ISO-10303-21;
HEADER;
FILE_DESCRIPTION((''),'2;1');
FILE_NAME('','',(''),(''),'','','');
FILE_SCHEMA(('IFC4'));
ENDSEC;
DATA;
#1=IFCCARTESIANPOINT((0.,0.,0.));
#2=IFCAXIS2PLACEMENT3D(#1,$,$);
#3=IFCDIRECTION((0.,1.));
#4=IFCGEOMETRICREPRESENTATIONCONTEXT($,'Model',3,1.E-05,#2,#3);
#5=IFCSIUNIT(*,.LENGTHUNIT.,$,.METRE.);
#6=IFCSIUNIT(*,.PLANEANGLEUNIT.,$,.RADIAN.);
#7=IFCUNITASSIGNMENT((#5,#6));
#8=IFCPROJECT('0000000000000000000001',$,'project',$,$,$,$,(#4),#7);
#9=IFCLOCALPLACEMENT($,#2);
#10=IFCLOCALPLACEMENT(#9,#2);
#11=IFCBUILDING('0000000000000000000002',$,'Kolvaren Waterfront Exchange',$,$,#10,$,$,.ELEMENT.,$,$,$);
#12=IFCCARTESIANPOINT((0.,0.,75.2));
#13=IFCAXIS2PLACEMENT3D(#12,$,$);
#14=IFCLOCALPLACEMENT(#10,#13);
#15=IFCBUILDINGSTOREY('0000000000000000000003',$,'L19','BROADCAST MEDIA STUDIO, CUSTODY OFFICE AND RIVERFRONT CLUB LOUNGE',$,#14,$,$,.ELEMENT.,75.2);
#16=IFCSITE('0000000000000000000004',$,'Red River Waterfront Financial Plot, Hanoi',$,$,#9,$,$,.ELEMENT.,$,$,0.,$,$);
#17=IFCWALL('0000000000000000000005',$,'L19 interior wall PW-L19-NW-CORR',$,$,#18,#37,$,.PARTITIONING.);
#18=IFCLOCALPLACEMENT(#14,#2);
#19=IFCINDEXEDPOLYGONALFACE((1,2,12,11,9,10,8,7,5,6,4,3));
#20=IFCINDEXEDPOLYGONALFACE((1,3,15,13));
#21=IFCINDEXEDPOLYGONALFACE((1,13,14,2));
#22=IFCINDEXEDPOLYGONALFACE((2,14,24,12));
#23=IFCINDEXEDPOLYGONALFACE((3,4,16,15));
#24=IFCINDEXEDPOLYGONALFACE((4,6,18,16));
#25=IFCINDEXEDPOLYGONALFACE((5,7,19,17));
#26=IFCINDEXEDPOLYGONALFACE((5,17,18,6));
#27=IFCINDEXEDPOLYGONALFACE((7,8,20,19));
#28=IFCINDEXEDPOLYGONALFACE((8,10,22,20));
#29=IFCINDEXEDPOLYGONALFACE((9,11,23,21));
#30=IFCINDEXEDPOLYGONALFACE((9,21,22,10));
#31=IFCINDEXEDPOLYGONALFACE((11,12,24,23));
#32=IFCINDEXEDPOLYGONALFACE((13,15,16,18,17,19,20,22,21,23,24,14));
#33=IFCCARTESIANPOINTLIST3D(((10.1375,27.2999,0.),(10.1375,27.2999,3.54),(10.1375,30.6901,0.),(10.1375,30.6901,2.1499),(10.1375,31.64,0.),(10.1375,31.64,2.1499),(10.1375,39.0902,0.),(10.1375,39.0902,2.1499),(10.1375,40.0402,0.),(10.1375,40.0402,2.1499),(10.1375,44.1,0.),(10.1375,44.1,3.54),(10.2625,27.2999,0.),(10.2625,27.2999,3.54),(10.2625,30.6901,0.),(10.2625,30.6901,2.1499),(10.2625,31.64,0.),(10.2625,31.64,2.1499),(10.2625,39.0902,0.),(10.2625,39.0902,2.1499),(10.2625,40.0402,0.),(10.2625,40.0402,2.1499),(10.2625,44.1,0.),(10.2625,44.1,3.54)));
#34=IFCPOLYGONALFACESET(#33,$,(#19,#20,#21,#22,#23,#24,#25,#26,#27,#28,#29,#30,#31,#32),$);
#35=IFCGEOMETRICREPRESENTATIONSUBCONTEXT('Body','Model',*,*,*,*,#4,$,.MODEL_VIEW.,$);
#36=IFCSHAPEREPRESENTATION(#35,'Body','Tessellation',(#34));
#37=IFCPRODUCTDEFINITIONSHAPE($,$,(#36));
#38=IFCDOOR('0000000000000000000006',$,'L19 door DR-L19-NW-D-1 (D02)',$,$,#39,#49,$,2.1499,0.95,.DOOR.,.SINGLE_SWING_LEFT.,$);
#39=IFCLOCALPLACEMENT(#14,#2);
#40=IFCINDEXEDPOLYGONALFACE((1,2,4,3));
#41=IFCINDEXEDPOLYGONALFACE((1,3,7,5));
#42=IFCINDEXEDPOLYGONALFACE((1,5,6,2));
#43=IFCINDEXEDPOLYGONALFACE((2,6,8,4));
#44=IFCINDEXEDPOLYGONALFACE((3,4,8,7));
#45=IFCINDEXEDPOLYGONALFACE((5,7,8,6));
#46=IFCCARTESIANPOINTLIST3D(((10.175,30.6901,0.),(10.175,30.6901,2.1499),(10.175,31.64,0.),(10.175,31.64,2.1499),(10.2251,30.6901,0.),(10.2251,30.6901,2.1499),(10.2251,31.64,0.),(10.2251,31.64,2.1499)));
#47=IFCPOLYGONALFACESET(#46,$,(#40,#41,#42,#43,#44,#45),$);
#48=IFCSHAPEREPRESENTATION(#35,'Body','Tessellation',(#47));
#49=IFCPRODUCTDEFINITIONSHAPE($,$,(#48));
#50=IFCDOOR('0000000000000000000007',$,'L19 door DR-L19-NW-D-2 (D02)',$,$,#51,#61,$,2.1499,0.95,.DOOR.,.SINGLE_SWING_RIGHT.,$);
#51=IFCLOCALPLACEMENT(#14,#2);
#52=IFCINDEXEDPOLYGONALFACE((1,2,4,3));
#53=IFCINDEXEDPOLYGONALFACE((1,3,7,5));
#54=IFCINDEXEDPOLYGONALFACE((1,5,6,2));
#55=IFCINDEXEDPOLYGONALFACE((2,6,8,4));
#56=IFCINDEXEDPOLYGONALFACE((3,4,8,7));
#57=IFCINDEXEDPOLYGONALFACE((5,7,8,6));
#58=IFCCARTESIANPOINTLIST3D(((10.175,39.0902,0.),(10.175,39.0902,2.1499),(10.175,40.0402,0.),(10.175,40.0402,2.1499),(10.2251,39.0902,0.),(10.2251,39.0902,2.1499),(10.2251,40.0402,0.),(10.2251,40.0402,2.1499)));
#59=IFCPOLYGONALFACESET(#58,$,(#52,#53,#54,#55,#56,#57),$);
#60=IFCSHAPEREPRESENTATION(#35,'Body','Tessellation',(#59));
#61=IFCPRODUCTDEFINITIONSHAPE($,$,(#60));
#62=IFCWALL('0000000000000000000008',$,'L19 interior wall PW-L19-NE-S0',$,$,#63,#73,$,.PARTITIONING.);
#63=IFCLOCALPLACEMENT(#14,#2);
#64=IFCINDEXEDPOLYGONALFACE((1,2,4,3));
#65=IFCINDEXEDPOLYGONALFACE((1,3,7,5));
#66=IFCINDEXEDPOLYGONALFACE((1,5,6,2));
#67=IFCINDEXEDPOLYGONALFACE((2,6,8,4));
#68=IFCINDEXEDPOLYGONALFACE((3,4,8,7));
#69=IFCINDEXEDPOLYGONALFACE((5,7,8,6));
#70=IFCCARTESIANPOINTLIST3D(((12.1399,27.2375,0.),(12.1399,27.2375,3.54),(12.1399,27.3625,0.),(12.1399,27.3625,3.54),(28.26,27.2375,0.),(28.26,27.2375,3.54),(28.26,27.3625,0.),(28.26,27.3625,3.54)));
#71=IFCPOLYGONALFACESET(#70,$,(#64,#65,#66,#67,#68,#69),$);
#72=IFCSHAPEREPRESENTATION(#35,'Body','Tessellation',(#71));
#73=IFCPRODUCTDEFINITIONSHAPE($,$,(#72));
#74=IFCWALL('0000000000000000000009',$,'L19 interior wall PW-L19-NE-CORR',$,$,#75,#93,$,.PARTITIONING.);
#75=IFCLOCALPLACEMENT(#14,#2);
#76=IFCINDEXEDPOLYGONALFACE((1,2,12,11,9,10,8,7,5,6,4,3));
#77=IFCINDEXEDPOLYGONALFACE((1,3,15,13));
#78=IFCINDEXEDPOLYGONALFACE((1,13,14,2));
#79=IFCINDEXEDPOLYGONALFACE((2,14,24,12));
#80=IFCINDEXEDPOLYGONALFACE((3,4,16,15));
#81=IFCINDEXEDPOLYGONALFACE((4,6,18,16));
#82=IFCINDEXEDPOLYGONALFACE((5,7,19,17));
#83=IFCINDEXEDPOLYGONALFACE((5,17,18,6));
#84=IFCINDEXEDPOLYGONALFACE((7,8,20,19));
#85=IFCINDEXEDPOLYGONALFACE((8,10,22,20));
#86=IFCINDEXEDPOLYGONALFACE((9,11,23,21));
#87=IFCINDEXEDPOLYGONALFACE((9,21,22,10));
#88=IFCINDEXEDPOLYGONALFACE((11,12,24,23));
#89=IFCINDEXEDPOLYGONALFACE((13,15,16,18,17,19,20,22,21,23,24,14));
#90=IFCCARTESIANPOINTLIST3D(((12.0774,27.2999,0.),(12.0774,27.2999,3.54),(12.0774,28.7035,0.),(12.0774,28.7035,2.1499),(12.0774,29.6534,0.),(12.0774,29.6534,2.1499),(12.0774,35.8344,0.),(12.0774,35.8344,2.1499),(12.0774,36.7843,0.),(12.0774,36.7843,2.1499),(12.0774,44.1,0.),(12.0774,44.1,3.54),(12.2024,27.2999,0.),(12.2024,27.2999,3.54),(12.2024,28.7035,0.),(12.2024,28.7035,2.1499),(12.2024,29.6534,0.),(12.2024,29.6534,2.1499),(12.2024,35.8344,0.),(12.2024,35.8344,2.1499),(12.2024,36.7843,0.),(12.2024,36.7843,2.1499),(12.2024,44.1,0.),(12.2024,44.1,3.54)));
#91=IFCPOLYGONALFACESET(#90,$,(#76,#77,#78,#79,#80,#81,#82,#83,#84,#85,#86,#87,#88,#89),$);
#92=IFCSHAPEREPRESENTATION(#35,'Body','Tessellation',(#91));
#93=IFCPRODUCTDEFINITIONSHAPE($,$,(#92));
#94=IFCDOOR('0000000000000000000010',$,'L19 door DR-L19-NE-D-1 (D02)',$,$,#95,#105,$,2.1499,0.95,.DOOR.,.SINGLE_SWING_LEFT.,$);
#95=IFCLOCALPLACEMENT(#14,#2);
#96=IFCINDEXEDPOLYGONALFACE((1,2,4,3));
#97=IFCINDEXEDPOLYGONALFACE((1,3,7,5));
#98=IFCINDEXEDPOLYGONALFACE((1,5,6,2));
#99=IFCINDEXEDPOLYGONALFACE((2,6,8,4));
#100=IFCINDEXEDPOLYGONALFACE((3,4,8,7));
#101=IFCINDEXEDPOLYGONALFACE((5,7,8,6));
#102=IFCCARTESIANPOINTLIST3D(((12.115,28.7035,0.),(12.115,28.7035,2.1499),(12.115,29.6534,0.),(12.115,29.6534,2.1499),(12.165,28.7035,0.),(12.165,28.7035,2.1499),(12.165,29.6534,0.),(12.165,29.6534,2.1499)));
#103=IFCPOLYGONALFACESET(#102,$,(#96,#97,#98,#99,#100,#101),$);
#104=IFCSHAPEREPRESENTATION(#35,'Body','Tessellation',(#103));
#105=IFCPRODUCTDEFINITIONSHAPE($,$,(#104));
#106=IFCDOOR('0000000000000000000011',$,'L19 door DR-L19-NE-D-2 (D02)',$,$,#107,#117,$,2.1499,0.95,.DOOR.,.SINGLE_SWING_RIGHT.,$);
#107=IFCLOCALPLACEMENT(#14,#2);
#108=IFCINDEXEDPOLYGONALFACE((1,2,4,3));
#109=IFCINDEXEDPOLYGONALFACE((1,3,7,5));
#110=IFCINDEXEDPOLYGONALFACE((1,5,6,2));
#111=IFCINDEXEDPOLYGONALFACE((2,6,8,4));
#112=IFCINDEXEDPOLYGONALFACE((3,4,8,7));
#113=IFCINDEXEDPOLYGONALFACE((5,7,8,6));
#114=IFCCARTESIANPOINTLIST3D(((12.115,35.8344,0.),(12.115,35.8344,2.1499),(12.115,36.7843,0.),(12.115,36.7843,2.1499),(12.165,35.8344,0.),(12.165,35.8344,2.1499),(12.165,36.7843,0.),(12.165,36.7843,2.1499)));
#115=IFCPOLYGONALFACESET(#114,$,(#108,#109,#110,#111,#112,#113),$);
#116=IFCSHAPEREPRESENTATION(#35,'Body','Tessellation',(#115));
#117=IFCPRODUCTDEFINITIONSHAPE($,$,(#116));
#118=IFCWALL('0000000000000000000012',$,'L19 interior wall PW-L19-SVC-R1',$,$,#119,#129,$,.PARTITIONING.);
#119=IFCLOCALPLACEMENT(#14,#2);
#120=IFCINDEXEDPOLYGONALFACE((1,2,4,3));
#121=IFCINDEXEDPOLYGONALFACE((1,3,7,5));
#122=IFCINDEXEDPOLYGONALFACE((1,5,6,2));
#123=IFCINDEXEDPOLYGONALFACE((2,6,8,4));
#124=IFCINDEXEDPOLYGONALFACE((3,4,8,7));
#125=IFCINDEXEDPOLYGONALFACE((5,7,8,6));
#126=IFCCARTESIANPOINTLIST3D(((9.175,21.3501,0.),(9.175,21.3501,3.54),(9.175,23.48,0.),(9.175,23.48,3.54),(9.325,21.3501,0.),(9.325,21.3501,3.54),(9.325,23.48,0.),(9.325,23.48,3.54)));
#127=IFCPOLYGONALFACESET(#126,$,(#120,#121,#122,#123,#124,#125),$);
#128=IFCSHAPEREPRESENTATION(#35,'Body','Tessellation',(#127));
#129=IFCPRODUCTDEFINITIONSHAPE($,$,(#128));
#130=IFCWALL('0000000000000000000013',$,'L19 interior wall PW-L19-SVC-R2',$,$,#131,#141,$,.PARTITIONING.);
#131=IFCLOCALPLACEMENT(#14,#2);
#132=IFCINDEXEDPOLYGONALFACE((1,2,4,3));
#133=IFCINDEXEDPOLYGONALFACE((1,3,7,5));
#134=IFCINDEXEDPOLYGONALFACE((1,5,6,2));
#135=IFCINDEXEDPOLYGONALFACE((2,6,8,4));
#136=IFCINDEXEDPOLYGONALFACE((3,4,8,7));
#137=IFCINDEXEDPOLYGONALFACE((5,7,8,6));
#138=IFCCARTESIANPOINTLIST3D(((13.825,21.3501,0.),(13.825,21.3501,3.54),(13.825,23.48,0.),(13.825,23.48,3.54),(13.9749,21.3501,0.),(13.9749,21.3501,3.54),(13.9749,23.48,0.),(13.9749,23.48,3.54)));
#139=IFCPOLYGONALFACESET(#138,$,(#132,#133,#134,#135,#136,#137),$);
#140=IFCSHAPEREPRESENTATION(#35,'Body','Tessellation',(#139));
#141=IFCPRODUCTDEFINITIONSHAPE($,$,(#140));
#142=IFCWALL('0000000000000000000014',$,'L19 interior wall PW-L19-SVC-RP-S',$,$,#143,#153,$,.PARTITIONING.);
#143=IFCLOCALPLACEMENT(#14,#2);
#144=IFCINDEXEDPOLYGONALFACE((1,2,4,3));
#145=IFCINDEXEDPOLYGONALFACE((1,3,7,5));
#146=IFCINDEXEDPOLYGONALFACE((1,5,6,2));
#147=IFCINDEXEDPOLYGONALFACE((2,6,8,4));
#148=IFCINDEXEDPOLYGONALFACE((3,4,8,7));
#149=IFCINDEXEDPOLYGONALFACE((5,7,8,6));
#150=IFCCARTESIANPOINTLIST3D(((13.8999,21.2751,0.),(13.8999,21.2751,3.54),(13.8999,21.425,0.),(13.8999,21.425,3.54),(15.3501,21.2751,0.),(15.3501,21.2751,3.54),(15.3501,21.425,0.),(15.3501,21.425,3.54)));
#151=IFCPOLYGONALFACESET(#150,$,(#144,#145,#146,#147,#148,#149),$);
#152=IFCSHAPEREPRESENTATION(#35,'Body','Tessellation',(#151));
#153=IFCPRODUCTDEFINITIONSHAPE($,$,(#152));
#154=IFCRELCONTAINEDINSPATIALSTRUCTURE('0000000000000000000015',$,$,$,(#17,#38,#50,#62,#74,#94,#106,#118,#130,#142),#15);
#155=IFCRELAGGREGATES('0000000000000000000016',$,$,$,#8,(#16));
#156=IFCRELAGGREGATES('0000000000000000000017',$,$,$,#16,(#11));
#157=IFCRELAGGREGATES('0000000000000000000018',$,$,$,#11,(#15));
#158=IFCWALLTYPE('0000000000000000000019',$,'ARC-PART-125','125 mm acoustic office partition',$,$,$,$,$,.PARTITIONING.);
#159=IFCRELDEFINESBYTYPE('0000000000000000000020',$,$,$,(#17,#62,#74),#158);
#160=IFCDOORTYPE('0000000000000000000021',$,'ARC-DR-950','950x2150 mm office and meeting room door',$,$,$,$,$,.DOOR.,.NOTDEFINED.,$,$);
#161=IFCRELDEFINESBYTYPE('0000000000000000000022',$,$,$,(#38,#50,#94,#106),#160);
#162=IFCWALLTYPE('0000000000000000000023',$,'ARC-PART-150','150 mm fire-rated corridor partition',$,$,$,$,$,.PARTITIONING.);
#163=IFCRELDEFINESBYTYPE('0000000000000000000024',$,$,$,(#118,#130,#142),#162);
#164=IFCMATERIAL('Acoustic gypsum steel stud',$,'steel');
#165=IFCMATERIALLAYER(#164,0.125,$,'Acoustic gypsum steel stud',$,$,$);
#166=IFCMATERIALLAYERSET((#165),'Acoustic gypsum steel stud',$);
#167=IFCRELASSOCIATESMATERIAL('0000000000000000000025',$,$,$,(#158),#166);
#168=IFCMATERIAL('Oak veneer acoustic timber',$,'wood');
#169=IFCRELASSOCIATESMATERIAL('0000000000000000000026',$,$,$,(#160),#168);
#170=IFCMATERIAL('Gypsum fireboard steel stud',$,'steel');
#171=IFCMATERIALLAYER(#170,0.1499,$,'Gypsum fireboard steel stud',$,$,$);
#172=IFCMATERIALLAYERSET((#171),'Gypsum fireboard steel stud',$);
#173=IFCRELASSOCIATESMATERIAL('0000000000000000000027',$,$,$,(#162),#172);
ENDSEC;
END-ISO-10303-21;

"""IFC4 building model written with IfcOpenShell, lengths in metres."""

from ifc_helpers import new_model, si_unit, direction, frame, frame_2d, origin, place, context, subcontext, project, spatial, rectangle, extrude, material, layer, layer_set, type_object, element, fill, save


model = new_model("IFC4")

# Units and contexts
model_context = context("Model", 3, precision=1e-05, world=origin(), true_north=direction((0.0, 1.0)))
body_context = subcontext(model_context, "Body", "Model", "MODEL_VIEW")
ifc_project = project(units=[si_unit("LENGTHUNIT", "METRE"), si_unit("PLANEANGLEUNIT", "RADIAN")], contexts=[model_context])

# Site, building, storey
site_placement = place(None, origin())
site = spatial("IfcSite", under=ifc_project, at=site_placement, Name="Red River Waterfront Financial Plot, Hanoi", CompositionType="ELEMENT", RefElevation=0.0)
building_placement = place(site_placement, origin())
building = spatial("IfcBuilding", under=site, at=building_placement, Name="Kolvaren Waterfront Exchange", CompositionType="ELEMENT")
storey_placement = place(building_placement, frame((0.0, 0.0, 75.2)))
storey = spatial("IfcBuildingStorey", under=building, at=storey_placement, Name="L19", Description="BROADCAST MEDIA STUDIO, CUSTODY OFFICE AND RIVERFRONT CLUB LOUNGE", CompositionType="ELEMENT", Elevation=75.2)

# Shared definitions
ifc_material_1 = material(Name="Acoustic gypsum steel stud", Category="steel")
ifc_layer_1 = layer(ifc_material_1, 0.125, Name="Acoustic gypsum steel stud")
ifc_layer_set_1 = layer_set([ifc_layer_1], Name="Acoustic gypsum steel stud")
wall_type_1 = type_object("IfcWallType", Name="ARC-PART-125", Description="125 mm acoustic office partition", PredefinedType="PARTITIONING", material=ifc_layer_set_1)

# Wall, openings, doors
wall_1_placement = place(storey_placement, frame((10.2, 27.3, 0.0), z_axis=(0.0, 0.0, 1.0), x_axis=(0.0, 1.0, 0.0)))
wall_1 = element("IfcWall", 1, at=wall_1_placement, inside=storey, type_object=wall_type_1, Name="L19 interior wall PW-L19-NW-CORR", PredefinedType="PARTITIONING", context=body_context, shape_type="SweptSolid", body=[
    extrude(rectangle(XDim=16.8, YDim=0.125, at=frame_2d((8.3999, 0.0))), origin(), (0.0, 0.0, 1.0), 3.54),
])
opening_1_placement = place(wall_1_placement, frame((3.3899, 0.0, 0.0)))
opening_1 = element("IfcOpeningElement", 2, at=opening_1_placement, cuts=wall_1, PredefinedType="OPENING", context=body_context, shape_type="SweptSolid", body=[
    extrude(rectangle(XDim=0.95, YDim=2.1499, at=frame_2d((0.4751, 1.075))), frame((0.0, 0.0725, 0.0), z_axis=(0.0, -1.0, 0.0), x_axis=(1.0, 0.0, 0.0)), (0.0, 0.0, 1.0), 0.145),
])
opening_2_placement = place(wall_1_placement, frame((11.79, 0.0, 0.0)))
opening_2 = element("IfcOpeningElement", 3, at=opening_2_placement, cuts=wall_1, PredefinedType="OPENING", context=body_context, shape_type="SweptSolid", body=[
    extrude(rectangle(XDim=0.95, YDim=2.1499, at=frame_2d((0.4751, 1.075))), frame((0.0, 0.0725, 0.0), z_axis=(0.0, -1.0, 0.0), x_axis=(1.0, 0.0, 0.0)), (0.0, 0.0, 1.0), 0.145),
])
ifc_material_2 = material(Name="Oak veneer acoustic timber", Category="wood")
door_type_1 = type_object("IfcDoorType", Name="ARC-DR-950", Description="950x2150 mm office and meeting room door", OperationType="NOTDEFINED", PredefinedType="DOOR", material=ifc_material_2)
door_1_placement = place(opening_1_placement, origin())
door_1 = element("IfcDoor", 4, at=door_1_placement, inside=storey, type_object=door_type_1, Name="L19 door DR-L19-NW-D-1 (D02)", OperationType="SINGLE_SWING_LEFT", OverallHeight=2.1499, OverallWidth=0.95, PredefinedType="DOOR", context=body_context, shape_type="SweptSolid", body=[
    extrude(rectangle(XDim=0.95, YDim=2.1499, at=frame_2d((0.4751, 1.075))), frame((0.0, 0.0249, 0.0), z_axis=(0.0, -1.0, 0.0), x_axis=(1.0, 0.0, 0.0)), (0.0, 0.0, 1.0), 0.05),
])
fill(opening_1, door_1)
door_2_placement = place(opening_2_placement, origin())
door_2 = element("IfcDoor", 5, at=door_2_placement, inside=storey, type_object=door_type_1, Name="L19 door DR-L19-NW-D-2 (D02)", OperationType="SINGLE_SWING_RIGHT", OverallHeight=2.1499, OverallWidth=0.95, PredefinedType="DOOR", context=body_context, shape_type="SweptSolid", body=[
    extrude(rectangle(XDim=0.95, YDim=2.1499, at=frame_2d((0.4751, 1.075))), frame((0.0, 0.0249, 0.0), z_axis=(0.0, -1.0, 0.0), x_axis=(1.0, 0.0, 0.0)), (0.0, 0.0, 1.0), 0.05),
])
fill(opening_2, door_2)

# Wall
wall_2_placement = place(storey_placement, frame((12.1399, 27.3, 0.0), z_axis=(0.0, 0.0, 1.0), x_axis=(1.0, 0.0, 0.0)))
element("IfcWall", 6, at=wall_2_placement, inside=storey, type_object=wall_type_1, Name="L19 interior wall PW-L19-NE-S0", PredefinedType="PARTITIONING", context=body_context, shape_type="SweptSolid", body=[
    extrude(rectangle(XDim=16.1201, YDim=0.125, at=frame_2d((8.0601, 0.0))), origin(), (0.0, 0.0, 1.0), 3.54),
])

# Wall, openings, doors
wall_3_placement = place(storey_placement, frame((12.1399, 27.3, 0.0), z_axis=(0.0, 0.0, 1.0), x_axis=(0.0, 1.0, 0.0)))
wall_3 = element("IfcWall", 7, at=wall_3_placement, inside=storey, type_object=wall_type_1, Name="L19 interior wall PW-L19-NE-CORR", PredefinedType="PARTITIONING", context=body_context, shape_type="SweptSolid", body=[
    extrude(rectangle(XDim=16.8, YDim=0.125, at=frame_2d((8.3999, 0.0))), origin(), (0.0, 0.0, 1.0), 3.54),
])
opening_3_placement = place(wall_3_placement, frame((1.4033, 0.0, 0.0)))
opening_3 = element("IfcOpeningElement", 8, at=opening_3_placement, cuts=wall_3, PredefinedType="OPENING", context=body_context, shape_type="SweptSolid", body=[
    extrude(rectangle(XDim=0.95, YDim=2.1499, at=frame_2d((0.4751, 1.075))), frame((0.0, 0.0725, 0.0), z_axis=(0.0, -1.0, 0.0), x_axis=(1.0, 0.0, 0.0)), (0.0, 0.0, 1.0), 0.145),
])
opening_4_placement = place(wall_3_placement, frame((8.5342, 0.0, 0.0)))
opening_4 = element("IfcOpeningElement", 9, at=opening_4_placement, cuts=wall_3, PredefinedType="OPENING", context=body_context, shape_type="SweptSolid", body=[
    extrude(rectangle(XDim=0.95, YDim=2.1499, at=frame_2d((0.4751, 1.075))), frame((0.0, 0.0725, 0.0), z_axis=(0.0, -1.0, 0.0), x_axis=(1.0, 0.0, 0.0)), (0.0, 0.0, 1.0), 0.145),
])
door_3_placement = place(opening_3_placement, origin())
door_3 = element("IfcDoor", 10, at=door_3_placement, inside=storey, type_object=door_type_1, Name="L19 door DR-L19-NE-D-1 (D02)", OperationType="SINGLE_SWING_LEFT", OverallHeight=2.1499, OverallWidth=0.95, PredefinedType="DOOR", context=body_context, shape_type="SweptSolid", body=[
    extrude(rectangle(XDim=0.95, YDim=2.1499, at=frame_2d((0.4751, 1.075))), frame((0.0, 0.0249, 0.0), z_axis=(0.0, -1.0, 0.0), x_axis=(1.0, 0.0, 0.0)), (0.0, 0.0, 1.0), 0.05),
])
fill(opening_3, door_3)
door_4_placement = place(opening_4_placement, origin())
door_4 = element("IfcDoor", 11, at=door_4_placement, inside=storey, type_object=door_type_1, Name="L19 door DR-L19-NE-D-2 (D02)", OperationType="SINGLE_SWING_RIGHT", OverallHeight=2.1499, OverallWidth=0.95, PredefinedType="DOOR", context=body_context, shape_type="SweptSolid", body=[
    extrude(rectangle(XDim=0.95, YDim=2.1499, at=frame_2d((0.4751, 1.075))), frame((0.0, 0.0249, 0.0), z_axis=(0.0, -1.0, 0.0), x_axis=(1.0, 0.0, 0.0)), (0.0, 0.0, 1.0), 0.05),
])
fill(opening_4, door_4)

# Walls
ifc_material_3 = material(Name="Gypsum fireboard steel stud", Category="steel")
ifc_layer_2 = layer(ifc_material_3, 0.1499, Name="Gypsum fireboard steel stud")
ifc_layer_set_2 = layer_set([ifc_layer_2], Name="Gypsum fireboard steel stud")
wall_type_2 = type_object("IfcWallType", Name="ARC-PART-150", Description="150 mm fire-rated corridor partition", PredefinedType="PARTITIONING", material=ifc_layer_set_2)
for number, where, z_axis, x_axis, name in (
    (12, (9.25, 21.3501, 0.0), (0.0, 0.0, 1.0), (0.0, 1.0, 0.0), "L19 interior wall PW-L19-SVC-R1"),
    (13, (13.8999, 21.3501, 0.0), (0.0, 0.0, 1.0), (0.0, 1.0, 0.0), "L19 interior wall PW-L19-SVC-R2"),
):
    element("IfcWall", number, at=place(storey_placement, frame(where, z_axis=z_axis, x_axis=x_axis)), inside=storey, type_object=wall_type_2, Name=name, PredefinedType="PARTITIONING", context=body_context, shape_type="SweptSolid", body=[
        extrude(rectangle(XDim=2.1299, YDim=0.1499, at=frame_2d((1.0649, 0.0))), origin(), (0.0, 0.0, 1.0), 3.54),
    ])
wall_4_placement = place(storey_placement, frame((13.8999, 21.3501, 0.0), z_axis=(0.0, 0.0, 1.0), x_axis=(1.0, 0.0, 0.0)))
element("IfcWall", 14, at=wall_4_placement, inside=storey, type_object=wall_type_2, Name="L19 interior wall PW-L19-SVC-RP-S", PredefinedType="PARTITIONING", context=body_context, shape_type="SweptSolid", body=[
    extrude(rectangle(XDim=1.4502, YDim=0.1499, at=frame_2d((0.7251, 0.0))), origin(), (0.0, 0.0, 1.0), 3.54),
])

save(model, "model.ifc")
